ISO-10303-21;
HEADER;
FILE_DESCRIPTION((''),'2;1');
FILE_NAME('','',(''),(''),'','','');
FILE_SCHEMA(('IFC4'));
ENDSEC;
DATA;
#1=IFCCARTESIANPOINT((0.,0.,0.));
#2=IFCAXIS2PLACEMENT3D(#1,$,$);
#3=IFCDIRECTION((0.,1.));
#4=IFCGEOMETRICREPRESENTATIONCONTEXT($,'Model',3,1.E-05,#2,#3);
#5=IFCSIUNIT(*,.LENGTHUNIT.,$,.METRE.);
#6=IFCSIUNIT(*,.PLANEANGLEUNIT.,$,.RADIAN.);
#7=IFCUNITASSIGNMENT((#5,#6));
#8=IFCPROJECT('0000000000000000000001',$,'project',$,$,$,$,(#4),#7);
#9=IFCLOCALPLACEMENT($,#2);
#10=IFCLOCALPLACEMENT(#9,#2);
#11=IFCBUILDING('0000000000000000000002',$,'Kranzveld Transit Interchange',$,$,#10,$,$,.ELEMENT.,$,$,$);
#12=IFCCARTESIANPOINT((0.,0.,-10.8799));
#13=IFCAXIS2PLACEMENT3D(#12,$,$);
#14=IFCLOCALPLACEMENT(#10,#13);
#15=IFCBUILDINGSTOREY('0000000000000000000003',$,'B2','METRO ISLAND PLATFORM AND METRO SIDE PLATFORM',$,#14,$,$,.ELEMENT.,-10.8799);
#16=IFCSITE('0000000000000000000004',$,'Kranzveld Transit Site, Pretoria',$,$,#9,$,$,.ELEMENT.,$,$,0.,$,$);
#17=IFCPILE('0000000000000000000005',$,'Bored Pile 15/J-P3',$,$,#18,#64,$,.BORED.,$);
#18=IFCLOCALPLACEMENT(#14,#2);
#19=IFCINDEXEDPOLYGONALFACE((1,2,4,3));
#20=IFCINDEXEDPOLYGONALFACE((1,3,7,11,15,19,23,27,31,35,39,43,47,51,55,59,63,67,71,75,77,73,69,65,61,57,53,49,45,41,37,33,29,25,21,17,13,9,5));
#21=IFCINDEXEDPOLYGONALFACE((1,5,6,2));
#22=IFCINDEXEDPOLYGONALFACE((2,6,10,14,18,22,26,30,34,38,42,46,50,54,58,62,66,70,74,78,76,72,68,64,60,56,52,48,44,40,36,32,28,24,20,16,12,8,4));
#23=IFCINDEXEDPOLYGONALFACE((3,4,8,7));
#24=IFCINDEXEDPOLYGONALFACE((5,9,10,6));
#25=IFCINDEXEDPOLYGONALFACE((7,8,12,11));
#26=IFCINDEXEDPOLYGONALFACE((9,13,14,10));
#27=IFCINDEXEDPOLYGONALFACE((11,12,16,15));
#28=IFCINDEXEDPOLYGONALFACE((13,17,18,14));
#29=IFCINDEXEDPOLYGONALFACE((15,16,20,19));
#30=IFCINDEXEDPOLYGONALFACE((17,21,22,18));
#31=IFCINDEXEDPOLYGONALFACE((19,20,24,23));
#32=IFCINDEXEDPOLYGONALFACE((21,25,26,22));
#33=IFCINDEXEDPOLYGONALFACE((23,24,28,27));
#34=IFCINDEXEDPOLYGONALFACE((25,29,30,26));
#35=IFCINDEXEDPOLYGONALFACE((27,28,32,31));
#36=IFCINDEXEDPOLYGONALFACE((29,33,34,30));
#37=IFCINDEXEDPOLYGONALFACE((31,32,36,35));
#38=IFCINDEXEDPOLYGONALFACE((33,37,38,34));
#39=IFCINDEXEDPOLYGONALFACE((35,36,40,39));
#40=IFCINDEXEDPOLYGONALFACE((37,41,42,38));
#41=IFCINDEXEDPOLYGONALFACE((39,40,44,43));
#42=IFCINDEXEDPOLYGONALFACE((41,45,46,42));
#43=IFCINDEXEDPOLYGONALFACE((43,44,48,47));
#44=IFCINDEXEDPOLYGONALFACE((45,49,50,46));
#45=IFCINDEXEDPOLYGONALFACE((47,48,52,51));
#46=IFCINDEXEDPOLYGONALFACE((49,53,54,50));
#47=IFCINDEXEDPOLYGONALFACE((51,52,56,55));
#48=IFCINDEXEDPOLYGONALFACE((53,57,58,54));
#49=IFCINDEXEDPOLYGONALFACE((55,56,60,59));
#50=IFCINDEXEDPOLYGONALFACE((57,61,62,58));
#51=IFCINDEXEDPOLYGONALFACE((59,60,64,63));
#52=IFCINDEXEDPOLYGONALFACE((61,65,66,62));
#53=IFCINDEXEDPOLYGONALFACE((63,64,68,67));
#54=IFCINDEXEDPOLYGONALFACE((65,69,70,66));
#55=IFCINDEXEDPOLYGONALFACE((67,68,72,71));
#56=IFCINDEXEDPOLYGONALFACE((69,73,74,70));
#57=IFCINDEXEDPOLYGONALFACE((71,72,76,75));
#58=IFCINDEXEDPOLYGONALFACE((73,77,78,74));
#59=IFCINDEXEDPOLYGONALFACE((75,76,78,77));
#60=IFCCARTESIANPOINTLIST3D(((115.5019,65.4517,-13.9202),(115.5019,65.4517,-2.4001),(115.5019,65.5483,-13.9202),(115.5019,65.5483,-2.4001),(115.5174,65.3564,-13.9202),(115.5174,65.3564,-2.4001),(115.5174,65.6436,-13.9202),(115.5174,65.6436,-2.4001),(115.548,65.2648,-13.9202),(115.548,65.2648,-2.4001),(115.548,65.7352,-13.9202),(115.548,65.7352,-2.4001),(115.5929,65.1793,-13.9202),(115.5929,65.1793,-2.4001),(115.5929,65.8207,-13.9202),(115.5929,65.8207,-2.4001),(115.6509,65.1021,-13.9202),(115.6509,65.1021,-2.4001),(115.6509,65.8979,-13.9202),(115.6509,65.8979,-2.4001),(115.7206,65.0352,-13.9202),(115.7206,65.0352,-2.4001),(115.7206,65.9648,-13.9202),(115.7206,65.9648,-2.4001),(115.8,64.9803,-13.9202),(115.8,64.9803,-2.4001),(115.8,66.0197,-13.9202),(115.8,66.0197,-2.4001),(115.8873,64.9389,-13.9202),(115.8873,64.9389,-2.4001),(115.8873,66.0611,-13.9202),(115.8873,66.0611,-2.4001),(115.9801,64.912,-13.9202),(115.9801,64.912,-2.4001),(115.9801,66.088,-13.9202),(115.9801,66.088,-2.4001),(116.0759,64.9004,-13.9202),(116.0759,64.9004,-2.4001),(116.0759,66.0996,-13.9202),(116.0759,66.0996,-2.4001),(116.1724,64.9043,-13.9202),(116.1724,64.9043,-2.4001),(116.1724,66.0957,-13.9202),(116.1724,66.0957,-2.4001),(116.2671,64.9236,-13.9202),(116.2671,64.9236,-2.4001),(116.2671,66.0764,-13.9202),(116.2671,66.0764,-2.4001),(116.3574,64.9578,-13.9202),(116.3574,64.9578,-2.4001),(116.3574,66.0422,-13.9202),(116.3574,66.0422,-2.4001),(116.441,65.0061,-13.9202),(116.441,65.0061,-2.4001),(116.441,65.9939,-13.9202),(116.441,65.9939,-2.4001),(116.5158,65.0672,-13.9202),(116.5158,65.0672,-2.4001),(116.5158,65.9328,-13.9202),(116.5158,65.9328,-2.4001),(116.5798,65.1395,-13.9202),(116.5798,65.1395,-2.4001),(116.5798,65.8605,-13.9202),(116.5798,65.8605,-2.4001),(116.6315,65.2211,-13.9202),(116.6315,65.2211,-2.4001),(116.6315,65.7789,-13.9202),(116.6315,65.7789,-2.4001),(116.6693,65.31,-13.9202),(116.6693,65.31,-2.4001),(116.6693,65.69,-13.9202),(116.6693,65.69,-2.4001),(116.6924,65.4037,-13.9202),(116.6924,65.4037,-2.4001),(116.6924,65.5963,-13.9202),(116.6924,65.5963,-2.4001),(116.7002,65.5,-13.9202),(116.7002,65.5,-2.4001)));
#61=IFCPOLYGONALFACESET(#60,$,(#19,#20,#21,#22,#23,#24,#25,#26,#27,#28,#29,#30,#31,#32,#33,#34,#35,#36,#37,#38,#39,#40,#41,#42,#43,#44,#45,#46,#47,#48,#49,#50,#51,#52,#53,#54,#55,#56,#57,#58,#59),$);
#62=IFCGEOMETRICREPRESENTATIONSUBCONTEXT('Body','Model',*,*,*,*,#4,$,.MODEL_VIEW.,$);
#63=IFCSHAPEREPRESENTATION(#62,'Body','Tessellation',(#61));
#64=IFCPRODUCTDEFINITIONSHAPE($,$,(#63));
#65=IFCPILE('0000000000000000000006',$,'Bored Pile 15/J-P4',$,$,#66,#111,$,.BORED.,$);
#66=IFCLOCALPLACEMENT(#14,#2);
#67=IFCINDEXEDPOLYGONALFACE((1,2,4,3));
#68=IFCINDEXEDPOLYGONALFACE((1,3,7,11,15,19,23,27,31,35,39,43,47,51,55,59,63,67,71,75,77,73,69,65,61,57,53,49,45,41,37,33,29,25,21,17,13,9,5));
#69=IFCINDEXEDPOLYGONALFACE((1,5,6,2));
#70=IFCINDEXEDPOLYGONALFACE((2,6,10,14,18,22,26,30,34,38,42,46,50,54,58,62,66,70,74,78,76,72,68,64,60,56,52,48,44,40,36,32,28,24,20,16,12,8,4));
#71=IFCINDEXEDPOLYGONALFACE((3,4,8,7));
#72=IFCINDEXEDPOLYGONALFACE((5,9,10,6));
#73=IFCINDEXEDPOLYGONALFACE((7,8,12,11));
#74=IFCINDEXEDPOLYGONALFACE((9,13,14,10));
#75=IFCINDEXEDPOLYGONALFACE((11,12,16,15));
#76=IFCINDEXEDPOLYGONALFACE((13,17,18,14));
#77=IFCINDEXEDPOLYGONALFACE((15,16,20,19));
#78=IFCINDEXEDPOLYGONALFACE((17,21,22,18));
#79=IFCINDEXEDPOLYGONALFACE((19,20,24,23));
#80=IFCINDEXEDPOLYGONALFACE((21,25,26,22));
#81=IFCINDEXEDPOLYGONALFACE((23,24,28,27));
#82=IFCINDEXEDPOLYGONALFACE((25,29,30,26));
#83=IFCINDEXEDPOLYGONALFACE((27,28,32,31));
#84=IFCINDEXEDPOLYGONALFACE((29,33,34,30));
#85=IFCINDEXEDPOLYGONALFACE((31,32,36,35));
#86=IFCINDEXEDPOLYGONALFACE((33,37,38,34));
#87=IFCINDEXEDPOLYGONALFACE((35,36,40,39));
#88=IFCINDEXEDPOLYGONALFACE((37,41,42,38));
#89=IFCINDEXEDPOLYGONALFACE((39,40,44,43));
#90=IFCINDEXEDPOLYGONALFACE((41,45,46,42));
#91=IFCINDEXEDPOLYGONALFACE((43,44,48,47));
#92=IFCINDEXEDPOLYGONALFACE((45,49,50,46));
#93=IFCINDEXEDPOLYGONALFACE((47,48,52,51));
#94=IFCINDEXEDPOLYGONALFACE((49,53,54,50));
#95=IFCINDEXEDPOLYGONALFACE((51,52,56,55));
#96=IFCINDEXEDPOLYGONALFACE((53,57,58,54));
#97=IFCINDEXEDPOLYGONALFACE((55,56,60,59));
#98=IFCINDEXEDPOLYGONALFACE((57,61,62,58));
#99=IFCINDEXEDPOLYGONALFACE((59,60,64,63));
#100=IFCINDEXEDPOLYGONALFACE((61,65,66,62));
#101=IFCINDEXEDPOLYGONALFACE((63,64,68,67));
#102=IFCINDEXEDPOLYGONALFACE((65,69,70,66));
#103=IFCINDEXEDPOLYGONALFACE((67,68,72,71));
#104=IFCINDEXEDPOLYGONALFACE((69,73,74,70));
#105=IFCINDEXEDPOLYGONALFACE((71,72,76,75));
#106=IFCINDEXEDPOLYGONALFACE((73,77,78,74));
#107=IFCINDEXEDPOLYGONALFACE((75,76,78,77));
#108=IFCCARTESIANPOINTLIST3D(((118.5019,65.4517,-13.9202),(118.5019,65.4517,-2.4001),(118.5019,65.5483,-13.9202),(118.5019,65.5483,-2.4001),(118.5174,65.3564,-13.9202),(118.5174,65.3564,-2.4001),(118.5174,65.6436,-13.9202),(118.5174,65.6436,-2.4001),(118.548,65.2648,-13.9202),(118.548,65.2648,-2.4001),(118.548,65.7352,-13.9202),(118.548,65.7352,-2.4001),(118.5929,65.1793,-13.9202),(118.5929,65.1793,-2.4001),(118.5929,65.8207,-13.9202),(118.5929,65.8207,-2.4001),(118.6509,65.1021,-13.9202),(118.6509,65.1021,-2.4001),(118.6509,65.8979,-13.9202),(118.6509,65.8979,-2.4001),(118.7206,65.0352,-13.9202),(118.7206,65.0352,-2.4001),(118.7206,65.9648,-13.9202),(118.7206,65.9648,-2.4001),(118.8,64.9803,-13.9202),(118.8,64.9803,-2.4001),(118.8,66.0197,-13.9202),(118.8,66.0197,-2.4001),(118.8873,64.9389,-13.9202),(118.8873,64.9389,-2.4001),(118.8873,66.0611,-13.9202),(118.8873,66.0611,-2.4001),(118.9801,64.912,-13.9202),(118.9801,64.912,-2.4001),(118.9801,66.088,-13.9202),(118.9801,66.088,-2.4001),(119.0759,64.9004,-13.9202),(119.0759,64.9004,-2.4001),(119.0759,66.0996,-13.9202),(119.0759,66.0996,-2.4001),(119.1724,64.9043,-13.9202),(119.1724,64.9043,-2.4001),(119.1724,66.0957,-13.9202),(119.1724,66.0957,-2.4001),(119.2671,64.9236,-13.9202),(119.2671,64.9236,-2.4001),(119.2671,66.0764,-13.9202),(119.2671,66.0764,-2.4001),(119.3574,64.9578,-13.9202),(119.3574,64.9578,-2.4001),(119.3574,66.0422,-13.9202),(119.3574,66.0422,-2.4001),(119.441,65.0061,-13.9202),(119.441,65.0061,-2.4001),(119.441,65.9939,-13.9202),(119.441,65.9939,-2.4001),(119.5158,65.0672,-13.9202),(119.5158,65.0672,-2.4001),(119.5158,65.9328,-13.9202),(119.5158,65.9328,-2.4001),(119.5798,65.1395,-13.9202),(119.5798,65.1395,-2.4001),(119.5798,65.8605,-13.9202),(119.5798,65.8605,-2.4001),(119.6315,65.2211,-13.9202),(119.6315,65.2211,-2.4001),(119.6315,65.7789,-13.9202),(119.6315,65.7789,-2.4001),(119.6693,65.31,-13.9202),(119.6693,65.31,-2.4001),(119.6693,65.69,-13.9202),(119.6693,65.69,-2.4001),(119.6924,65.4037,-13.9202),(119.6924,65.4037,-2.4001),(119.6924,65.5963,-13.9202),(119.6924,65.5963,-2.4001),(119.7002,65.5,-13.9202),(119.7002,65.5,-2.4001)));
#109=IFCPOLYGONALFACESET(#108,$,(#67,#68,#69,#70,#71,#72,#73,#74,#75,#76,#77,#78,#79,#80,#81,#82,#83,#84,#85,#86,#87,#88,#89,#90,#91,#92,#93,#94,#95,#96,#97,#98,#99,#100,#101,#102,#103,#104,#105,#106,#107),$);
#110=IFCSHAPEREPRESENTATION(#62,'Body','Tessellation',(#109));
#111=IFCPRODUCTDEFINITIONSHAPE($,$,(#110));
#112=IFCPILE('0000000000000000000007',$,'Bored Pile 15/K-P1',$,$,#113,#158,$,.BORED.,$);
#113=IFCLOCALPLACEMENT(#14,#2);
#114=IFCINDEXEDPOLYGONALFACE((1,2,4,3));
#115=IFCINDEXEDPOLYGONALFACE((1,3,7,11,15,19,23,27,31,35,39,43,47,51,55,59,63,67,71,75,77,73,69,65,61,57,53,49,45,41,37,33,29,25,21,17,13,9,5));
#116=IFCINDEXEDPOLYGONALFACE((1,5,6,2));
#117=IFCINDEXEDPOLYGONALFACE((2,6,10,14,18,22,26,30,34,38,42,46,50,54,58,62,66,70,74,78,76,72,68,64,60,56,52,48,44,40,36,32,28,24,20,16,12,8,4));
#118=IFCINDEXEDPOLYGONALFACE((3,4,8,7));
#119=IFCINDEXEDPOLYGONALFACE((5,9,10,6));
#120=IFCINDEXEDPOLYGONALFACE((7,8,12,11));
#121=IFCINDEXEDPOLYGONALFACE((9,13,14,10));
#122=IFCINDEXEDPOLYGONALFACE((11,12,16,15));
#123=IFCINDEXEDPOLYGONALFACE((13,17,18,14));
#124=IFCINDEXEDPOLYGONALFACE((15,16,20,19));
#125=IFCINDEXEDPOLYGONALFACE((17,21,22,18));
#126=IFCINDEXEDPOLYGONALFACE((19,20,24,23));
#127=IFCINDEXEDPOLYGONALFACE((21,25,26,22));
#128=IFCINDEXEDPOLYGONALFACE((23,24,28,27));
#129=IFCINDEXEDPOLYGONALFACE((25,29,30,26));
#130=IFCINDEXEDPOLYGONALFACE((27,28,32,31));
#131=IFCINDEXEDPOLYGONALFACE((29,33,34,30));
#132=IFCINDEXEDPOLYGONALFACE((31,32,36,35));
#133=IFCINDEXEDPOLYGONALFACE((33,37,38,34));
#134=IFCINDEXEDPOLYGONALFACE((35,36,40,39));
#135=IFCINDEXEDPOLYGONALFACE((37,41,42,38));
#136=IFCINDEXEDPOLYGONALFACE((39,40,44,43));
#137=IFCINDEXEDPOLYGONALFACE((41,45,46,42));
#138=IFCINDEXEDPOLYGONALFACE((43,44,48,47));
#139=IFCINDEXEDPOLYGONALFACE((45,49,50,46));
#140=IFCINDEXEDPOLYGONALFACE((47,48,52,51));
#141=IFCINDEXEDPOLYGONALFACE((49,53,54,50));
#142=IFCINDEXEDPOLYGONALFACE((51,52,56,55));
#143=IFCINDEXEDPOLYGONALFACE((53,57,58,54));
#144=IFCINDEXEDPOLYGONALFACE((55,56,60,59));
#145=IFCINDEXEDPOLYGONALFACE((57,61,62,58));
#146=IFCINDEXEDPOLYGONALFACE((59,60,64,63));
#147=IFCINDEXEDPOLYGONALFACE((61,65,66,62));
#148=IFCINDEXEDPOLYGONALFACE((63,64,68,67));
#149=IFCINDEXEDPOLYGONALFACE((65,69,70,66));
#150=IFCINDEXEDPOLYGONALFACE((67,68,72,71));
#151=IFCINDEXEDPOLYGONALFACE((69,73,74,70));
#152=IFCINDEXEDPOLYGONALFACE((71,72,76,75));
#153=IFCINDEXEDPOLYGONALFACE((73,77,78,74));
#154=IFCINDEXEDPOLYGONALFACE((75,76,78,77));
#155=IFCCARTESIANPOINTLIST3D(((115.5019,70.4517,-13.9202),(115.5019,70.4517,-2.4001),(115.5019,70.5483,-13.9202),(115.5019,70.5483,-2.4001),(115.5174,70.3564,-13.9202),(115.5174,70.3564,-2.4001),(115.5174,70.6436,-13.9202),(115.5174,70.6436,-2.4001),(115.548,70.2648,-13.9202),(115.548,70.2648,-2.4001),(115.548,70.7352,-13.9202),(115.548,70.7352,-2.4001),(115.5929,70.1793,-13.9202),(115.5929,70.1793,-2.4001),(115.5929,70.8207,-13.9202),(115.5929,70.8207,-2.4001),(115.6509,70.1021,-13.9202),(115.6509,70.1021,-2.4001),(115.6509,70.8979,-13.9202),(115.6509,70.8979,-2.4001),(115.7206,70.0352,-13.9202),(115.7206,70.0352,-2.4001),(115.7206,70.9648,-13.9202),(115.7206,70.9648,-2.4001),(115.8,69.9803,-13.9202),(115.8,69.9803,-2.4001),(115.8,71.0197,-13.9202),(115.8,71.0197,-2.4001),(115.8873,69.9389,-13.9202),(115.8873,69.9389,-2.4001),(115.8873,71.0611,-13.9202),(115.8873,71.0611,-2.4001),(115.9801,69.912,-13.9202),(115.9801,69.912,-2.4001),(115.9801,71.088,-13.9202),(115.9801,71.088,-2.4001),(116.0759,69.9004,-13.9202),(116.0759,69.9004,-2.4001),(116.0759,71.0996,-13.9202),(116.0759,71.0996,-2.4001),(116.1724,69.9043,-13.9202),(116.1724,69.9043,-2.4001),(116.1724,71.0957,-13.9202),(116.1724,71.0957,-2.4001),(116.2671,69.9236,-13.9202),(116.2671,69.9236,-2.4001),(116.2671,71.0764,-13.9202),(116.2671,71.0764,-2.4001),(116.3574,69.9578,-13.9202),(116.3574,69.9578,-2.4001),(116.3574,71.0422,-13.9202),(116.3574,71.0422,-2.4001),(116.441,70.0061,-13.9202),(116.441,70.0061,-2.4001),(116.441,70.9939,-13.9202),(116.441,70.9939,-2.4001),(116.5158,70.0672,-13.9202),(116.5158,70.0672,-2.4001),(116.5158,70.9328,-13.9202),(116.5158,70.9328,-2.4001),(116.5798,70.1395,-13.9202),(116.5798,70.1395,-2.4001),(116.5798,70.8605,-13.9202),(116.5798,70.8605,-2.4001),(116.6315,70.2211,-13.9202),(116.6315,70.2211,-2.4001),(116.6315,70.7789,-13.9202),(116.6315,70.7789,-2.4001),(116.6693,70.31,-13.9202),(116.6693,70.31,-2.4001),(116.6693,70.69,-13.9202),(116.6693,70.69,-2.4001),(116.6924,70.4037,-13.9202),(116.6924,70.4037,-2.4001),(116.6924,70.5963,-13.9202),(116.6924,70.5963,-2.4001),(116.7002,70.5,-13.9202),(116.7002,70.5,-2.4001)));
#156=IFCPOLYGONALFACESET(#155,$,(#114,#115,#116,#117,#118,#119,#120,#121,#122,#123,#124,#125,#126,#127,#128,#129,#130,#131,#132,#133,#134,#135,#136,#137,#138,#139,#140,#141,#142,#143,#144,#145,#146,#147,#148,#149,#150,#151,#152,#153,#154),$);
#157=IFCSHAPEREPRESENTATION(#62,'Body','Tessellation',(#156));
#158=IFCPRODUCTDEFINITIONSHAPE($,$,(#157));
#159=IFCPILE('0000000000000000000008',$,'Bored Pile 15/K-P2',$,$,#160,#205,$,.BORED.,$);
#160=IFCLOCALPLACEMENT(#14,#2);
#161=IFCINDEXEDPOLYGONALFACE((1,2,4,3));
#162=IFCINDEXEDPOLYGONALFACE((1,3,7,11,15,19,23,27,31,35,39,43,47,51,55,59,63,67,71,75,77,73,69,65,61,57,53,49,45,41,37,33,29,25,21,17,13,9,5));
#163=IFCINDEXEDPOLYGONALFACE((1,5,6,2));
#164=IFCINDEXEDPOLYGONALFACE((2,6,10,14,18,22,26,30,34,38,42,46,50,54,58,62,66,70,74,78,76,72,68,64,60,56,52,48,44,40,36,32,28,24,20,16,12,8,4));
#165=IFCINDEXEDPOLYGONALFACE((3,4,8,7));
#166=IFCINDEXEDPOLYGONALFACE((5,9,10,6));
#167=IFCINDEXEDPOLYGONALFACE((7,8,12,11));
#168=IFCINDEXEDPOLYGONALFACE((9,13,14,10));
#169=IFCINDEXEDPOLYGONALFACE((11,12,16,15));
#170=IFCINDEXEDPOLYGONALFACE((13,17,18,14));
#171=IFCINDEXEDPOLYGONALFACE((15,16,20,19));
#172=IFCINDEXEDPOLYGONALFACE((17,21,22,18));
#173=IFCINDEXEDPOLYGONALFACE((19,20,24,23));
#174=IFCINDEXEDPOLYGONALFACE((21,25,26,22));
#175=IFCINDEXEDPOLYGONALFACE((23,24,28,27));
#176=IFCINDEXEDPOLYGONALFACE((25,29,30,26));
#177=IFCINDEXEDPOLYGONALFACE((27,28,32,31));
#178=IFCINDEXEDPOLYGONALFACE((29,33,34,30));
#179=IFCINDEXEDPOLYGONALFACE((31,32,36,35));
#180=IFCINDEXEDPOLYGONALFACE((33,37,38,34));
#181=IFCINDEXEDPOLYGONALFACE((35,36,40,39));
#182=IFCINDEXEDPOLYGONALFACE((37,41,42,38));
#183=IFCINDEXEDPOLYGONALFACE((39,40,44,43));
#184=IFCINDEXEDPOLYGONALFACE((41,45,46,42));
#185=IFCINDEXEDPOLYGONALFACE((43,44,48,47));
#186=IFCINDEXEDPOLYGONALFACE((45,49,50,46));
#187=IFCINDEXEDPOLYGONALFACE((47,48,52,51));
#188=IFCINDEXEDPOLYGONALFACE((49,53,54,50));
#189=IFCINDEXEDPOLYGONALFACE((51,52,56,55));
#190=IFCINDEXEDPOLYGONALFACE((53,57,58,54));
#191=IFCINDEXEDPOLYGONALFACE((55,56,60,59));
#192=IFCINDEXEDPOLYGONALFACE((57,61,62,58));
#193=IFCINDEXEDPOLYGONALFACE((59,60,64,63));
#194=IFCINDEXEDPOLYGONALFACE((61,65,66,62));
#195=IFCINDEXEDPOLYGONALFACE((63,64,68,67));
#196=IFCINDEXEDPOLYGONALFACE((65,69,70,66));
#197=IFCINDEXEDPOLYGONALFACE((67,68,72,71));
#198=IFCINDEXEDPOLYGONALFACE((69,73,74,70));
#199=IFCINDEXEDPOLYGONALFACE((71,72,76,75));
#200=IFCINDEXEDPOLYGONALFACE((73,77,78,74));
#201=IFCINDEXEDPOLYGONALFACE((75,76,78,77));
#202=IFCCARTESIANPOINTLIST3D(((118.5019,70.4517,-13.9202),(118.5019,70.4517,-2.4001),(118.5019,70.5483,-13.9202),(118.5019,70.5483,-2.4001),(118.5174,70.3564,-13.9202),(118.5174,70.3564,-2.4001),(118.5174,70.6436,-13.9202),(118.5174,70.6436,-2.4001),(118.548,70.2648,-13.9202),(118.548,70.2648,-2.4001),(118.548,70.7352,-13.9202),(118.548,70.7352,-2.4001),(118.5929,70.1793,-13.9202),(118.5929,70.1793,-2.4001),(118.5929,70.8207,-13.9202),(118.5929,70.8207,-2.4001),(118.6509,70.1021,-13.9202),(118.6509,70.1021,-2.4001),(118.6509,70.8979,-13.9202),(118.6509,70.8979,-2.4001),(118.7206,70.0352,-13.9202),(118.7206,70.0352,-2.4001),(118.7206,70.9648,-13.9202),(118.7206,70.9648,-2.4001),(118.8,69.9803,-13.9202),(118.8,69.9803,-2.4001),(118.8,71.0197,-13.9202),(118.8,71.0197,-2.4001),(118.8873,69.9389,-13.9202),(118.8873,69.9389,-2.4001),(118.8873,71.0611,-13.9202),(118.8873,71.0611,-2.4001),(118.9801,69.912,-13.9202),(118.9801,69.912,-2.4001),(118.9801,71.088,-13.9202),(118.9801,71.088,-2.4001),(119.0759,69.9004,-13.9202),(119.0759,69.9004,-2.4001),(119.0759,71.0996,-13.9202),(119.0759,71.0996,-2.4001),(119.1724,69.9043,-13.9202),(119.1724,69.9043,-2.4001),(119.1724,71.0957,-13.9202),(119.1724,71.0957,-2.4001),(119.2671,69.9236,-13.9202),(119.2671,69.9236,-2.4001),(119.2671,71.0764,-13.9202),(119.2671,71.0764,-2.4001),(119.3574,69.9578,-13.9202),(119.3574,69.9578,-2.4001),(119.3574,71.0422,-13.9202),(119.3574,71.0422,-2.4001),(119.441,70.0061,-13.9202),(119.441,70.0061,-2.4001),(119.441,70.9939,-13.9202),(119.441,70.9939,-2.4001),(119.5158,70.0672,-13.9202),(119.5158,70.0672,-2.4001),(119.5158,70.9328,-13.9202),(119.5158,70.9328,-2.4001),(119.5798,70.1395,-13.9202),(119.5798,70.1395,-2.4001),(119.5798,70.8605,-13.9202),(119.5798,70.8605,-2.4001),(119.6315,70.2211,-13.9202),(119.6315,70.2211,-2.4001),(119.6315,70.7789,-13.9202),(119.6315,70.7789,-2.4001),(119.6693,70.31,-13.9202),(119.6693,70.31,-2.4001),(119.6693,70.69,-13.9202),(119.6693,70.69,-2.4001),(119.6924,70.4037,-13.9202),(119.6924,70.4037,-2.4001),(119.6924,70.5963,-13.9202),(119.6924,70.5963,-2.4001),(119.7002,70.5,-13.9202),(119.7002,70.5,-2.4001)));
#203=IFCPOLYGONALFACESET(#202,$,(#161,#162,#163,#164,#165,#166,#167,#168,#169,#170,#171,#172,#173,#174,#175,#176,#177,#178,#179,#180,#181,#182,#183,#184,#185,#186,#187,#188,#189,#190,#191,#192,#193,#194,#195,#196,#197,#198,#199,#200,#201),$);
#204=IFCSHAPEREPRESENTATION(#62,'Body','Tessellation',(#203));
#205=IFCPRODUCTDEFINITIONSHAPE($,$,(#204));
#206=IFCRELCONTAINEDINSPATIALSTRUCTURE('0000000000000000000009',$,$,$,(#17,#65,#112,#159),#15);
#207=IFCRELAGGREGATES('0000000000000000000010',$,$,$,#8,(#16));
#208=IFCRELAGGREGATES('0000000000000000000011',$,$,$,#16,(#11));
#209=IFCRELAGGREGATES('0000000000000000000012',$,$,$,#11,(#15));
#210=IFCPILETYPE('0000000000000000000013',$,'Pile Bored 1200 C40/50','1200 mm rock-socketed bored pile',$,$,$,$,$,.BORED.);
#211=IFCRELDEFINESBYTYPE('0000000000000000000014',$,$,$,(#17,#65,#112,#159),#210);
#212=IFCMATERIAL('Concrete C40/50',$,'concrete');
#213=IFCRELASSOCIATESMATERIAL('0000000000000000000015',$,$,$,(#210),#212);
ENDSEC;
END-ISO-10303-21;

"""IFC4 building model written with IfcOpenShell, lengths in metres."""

from ifc_helpers import new_model, si_unit, direction, frame, origin, origin_2d, place, context, subcontext, project, spatial, circle, extrude, material, material_profile, profile_set, type_object, element, save


model = new_model("IFC4")

# Units and contexts
model_context = context("Model", 3, precision=1e-05, world=origin(), true_north=direction((0.0, 1.0)))
body_context = subcontext(model_context, "Body", "Model", "MODEL_VIEW")
ifc_project = project(units=[si_unit("LENGTHUNIT", "METRE"), si_unit("PLANEANGLEUNIT", "RADIAN")], contexts=[model_context])

# Site, building, storey
site_placement = place(None, origin())
site = spatial("IfcSite", under=ifc_project, at=site_placement, Name="Kranzveld Transit Site, Pretoria", CompositionType="ELEMENT", RefElevation=0.0)
building_placement = place(site_placement, origin())
building = spatial("IfcBuilding", under=site, at=building_placement, Name="Kranzveld Transit Interchange", CompositionType="ELEMENT")
storey_placement = place(building_placement, frame((0.0, 0.0, -10.8799)))
storey = spatial("IfcBuildingStorey", under=building, at=storey_placement, Name="B2", Description="METRO ISLAND PLATFORM AND METRO SIDE PLATFORM", CompositionType="ELEMENT", Elevation=-10.8799)

# Piles
ifc_material_1 = material(Name="Concrete C40/50", Category="concrete")
ifc_material_profile_1 = material_profile(ifc_material_1, circle(Radius=0.6001, at=origin_2d()), Name="BORED PILE 1200")
ifc_profile_set_1 = profile_set([ifc_material_profile_1], Name="Concrete C40/50")
pile_type_1 = type_object("IfcPileType", Name="Pile Bored 1200 C40/50", Description="1200 mm rock-socketed bored pile", PredefinedType="BORED", material=ifc_profile_set_1)
for number, where, z_axis, x_axis, name in (
    (1, (116.1001, 65.5, -2.4001), (0.0, 0.0, -1.0), (1.0, 0.0, 0.0), "Bored Pile 15/J-P3"),
    (2, (119.1001, 65.5, -2.4001), (0.0, 0.0, -1.0), (1.0, 0.0, 0.0), "Bored Pile 15/J-P4"),
    (3, (116.1001, 70.5, -2.4001), (0.0, 0.0, -1.0), (1.0, 0.0, 0.0), "Bored Pile 15/K-P1"),
    (4, (119.1001, 70.5, -2.4001), (0.0, 0.0, -1.0), (1.0, 0.0, 0.0), "Bored Pile 15/K-P2"),
):
    element("IfcPile", number, at=place(storey_placement, frame(where, z_axis=z_axis, x_axis=x_axis)), inside=storey, type_object=pile_type_1, Name=name, PredefinedType="BORED", context=body_context, shape_type="SweptSolid", body=[
        extrude(circle(Radius=0.6001, at=origin_2d()), origin(), (0.0, 0.0, 1.0), 11.52),
    ])

save(model, "model.ifc")
